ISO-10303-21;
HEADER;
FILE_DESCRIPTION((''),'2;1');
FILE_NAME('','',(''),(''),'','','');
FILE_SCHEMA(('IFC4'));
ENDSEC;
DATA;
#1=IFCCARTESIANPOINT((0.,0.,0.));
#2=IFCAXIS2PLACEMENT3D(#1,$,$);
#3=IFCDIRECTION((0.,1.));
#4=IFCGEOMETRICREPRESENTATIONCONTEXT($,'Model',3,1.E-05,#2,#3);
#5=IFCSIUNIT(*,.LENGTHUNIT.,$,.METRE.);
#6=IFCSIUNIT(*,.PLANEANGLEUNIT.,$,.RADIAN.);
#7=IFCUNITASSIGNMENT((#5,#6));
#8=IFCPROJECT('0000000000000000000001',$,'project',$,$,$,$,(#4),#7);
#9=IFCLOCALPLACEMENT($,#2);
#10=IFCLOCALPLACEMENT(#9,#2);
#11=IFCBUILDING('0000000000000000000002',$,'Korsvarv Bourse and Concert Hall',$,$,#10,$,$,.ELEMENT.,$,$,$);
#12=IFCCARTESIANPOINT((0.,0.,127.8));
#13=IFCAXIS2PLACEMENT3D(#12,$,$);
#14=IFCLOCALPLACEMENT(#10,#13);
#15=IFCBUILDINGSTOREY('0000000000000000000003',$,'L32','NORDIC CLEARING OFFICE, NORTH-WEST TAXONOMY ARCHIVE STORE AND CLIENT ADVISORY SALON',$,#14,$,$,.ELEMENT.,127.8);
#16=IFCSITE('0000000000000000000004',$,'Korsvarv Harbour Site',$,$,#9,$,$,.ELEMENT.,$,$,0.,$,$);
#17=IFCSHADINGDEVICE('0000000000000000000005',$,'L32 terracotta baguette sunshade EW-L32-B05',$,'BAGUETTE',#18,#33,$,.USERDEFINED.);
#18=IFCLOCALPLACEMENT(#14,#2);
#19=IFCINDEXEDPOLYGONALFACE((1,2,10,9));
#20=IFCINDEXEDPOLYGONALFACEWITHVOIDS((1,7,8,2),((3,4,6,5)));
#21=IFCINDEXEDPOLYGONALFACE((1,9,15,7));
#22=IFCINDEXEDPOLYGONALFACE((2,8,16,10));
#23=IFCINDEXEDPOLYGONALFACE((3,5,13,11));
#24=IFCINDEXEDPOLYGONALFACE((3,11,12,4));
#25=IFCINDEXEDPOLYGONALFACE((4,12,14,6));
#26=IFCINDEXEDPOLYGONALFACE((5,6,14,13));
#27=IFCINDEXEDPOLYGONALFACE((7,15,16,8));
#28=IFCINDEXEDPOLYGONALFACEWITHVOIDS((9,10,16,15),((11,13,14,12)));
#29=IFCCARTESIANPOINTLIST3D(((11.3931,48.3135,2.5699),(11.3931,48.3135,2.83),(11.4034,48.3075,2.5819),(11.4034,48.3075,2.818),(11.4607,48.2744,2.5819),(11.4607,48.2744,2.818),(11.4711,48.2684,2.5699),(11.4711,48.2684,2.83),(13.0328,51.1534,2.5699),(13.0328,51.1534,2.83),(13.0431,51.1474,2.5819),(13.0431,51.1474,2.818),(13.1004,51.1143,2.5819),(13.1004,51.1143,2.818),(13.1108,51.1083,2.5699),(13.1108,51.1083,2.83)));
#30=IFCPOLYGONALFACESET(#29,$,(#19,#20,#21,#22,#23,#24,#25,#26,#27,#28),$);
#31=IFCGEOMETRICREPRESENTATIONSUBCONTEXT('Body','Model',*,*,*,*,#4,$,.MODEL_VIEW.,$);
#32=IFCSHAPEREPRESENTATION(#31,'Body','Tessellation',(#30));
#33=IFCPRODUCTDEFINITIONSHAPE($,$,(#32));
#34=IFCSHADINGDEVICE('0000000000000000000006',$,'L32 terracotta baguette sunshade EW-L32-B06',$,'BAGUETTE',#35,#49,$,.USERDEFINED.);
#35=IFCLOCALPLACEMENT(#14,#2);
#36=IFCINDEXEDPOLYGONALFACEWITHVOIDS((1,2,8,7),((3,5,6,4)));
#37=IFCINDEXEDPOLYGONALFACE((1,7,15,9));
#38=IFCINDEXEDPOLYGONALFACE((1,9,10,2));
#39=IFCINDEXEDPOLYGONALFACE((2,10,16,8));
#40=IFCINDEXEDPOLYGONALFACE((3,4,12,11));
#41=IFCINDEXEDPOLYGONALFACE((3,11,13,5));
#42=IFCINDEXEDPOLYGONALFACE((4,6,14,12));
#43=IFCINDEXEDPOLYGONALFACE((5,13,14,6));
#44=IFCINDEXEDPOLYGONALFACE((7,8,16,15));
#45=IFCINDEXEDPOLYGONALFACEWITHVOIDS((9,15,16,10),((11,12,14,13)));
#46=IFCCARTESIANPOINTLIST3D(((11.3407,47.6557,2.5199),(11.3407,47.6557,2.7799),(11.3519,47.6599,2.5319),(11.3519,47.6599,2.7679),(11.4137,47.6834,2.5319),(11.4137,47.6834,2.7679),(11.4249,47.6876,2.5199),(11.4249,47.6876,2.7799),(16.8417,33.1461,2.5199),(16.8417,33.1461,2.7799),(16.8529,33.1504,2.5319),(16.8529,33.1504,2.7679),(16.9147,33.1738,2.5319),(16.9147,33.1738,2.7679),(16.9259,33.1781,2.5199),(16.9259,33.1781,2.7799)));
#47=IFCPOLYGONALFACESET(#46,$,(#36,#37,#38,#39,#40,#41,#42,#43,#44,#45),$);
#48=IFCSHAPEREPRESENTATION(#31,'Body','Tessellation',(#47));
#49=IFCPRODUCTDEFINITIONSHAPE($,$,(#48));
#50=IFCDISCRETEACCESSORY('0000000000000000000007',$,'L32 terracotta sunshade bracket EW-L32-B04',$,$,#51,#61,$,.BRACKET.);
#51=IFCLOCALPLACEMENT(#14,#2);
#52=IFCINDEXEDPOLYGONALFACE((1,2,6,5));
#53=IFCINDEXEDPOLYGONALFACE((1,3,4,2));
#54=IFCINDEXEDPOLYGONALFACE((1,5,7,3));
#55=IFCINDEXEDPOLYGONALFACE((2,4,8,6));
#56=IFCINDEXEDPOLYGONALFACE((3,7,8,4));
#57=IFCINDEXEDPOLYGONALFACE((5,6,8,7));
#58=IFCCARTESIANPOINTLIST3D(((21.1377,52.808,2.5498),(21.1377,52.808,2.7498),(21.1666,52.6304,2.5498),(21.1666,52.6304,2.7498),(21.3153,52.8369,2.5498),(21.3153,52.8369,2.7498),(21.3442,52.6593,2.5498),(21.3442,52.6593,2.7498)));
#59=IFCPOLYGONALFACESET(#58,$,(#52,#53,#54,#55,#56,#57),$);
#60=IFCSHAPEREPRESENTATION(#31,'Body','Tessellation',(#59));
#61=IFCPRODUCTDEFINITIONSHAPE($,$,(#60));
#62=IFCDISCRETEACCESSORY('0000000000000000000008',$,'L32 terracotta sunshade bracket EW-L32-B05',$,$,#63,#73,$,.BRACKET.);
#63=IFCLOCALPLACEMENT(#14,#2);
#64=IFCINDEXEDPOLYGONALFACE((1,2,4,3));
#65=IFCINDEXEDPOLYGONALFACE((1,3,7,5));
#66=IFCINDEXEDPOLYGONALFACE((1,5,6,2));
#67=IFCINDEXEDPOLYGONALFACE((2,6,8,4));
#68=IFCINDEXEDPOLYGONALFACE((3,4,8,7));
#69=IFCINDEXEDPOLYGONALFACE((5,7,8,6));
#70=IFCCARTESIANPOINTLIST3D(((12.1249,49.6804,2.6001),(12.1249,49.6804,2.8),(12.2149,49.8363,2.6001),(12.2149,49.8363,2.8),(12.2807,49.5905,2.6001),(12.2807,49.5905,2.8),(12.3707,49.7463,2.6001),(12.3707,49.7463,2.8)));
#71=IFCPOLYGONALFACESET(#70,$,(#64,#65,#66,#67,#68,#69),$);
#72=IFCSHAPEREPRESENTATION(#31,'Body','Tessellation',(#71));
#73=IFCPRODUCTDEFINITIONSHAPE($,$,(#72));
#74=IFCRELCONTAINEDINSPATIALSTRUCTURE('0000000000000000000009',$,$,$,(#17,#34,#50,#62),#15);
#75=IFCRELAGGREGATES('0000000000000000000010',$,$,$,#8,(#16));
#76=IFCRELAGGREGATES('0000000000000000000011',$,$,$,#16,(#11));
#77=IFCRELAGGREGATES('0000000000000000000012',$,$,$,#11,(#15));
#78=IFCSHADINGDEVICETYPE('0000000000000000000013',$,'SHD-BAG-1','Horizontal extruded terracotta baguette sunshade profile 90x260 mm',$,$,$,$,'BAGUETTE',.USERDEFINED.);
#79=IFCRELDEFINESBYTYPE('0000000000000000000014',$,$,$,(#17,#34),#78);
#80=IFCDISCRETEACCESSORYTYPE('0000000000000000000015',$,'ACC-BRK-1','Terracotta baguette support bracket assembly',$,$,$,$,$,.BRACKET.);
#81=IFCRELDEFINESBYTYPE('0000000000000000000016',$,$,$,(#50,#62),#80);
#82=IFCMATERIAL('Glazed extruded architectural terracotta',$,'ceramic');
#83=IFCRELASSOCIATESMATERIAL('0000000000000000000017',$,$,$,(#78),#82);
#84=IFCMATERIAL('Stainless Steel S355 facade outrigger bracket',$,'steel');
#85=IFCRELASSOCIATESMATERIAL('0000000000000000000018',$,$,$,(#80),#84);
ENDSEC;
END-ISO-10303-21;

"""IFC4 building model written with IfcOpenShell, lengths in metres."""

from ifc_helpers import new_model, si_unit, direction, frame, origin, origin_2d, place, context, subcontext, project, spatial, rectangle, hollow_rectangle, extrude, source, transform, mapped, material, material_profile, profile_set, type_object, element, save


model = new_model("IFC4")

# Units and contexts
model_context = context("Model", 3, precision=1e-05, world=origin(), true_north=direction((0.0, 1.0)))
body_context = subcontext(model_context, "Body", "Model", "MODEL_VIEW")
ifc_project = project(units=[si_unit("LENGTHUNIT", "METRE"), si_unit("PLANEANGLEUNIT", "RADIAN")], contexts=[model_context])

# Site, building, storey
site_placement = place(None, origin())
site = spatial("IfcSite", under=ifc_project, at=site_placement, Name="Korsvarv Harbour Site", CompositionType="ELEMENT", RefElevation=0.0)
building_placement = place(site_placement, origin())
building = spatial("IfcBuilding", under=site, at=building_placement, Name="Korsvarv Bourse and Concert Hall", CompositionType="ELEMENT")
storey_placement = place(building_placement, frame((0.0, 0.0, 127.8)))
storey = spatial("IfcBuildingStorey", under=building, at=storey_placement, Name="L32", Description="NORDIC CLEARING OFFICE, NORTH-WEST TAXONOMY ARCHIVE STORE AND CLIENT ADVISORY SALON", CompositionType="ELEMENT", Elevation=127.8)

# Shading devices
ifc_material_1 = material(Name="Glazed extruded architectural terracotta", Category="ceramic")
ifc_material_profile_1 = material_profile(ifc_material_1, hollow_rectangle(XDim=0.0901, YDim=0.26, WallThickness=0.012, at=origin_2d()), Name="TC-BAG 90x260")
ifc_profile_set_1 = profile_set([ifc_material_profile_1], Name="Glazed extruded architectural terracotta")
shading_device_type = type_object("IfcShadingDeviceType", Name="SHD-BAG-1", Description="Horizontal extruded terracotta baguette sunshade profile 90x260 mm", ElementType="BAGUETTE", PredefinedType="USERDEFINED", material=ifc_profile_set_1)
shared_shape_1 = source(origin(), body_context, "Body", "SweptSolid", [
    extrude(hollow_rectangle(XDim=0.0901, YDim=0.26, WallThickness=0.012, at=origin_2d()), origin(), (0.0, 0.0, 1.0), 3.2793),
])
shading_device_1_placement = place(storey_placement, frame((13.0718, 51.1309, 2.7), z_axis=(-0.500015, -0.866017, 0.0), x_axis=(0.866017, -0.500015, 0.0)))
element("IfcShadingDevice", 1, at=shading_device_1_placement, inside=storey, type_object=shading_device_type, Name="L32 terracotta baguette sunshade EW-L32-B05", ObjectType="BAGUETTE", PredefinedType="USERDEFINED", context=body_context, shape_type="MappedRepresentation", body=[
    mapped(shared_shape_1, transform((0.0, 0.0, 0.0), scale=1.0)),
])
shared_shape_2 = source(origin(), body_context, "Body", "SweptSolid", [
    extrude(hollow_rectangle(XDim=0.0901, YDim=0.26, WallThickness=0.012, at=origin_2d()), origin(), (0.0, 0.0, 1.0), 15.5173),
])
shading_device_2_placement = place(storey_placement, frame((11.3828, 47.6716, 2.6499), z_axis=(0.354506, -0.935054, 0.0), x_axis=(0.935054, 0.354506, 0.0)))
element("IfcShadingDevice", 2, at=shading_device_2_placement, inside=storey, type_object=shading_device_type, Name="L32 terracotta baguette sunshade EW-L32-B06", ObjectType="BAGUETTE", PredefinedType="USERDEFINED", context=body_context, shape_type="MappedRepresentation", body=[
    mapped(shared_shape_2, transform((0.0, 0.0, 0.0), scale=1.0)),
])

# Discrete accessories
ifc_material_2 = material(Name="Stainless Steel S355 facade outrigger bracket", Category="steel")
discrete_accessory_type = type_object("IfcDiscreteAccessoryType", Name="ACC-BRK-1", Description="Terracotta baguette support bracket assembly", PredefinedType="BRACKET", material=ifc_material_2)
shared_shape_3 = source(origin(), body_context, "Body", "SweptSolid", [
    extrude(rectangle(XDim=0.1799, YDim=0.1799, at=origin_2d()), origin(), (0.0, 0.0, 1.0), 0.2),
])
for number, where, z_axis, x_axis, name in (
    (3, (21.241, 52.7336, 2.5498), (0.0, 0.0, 1.0), (-0.987024, -0.16057, 0.0), "L32 terracotta sunshade bracket EW-L32-B04"),
    (4, (12.2478, 49.7134, 2.6001), (0.0, 0.0, 1.0), (-0.5, -0.866025, 0.0), "L32 terracotta sunshade bracket EW-L32-B05"),
):
    element("IfcDiscreteAccessory", number, at=place(storey_placement, frame(where, z_axis=z_axis, x_axis=x_axis)), inside=storey, type_object=discrete_accessory_type, Name=name, PredefinedType="BRACKET", context=body_context, shape_type="MappedRepresentation", body=[
        mapped(shared_shape_3, transform((0.0, 0.0, 0.0), scale=1.0)),
    ])

save(model, "model.ifc")
